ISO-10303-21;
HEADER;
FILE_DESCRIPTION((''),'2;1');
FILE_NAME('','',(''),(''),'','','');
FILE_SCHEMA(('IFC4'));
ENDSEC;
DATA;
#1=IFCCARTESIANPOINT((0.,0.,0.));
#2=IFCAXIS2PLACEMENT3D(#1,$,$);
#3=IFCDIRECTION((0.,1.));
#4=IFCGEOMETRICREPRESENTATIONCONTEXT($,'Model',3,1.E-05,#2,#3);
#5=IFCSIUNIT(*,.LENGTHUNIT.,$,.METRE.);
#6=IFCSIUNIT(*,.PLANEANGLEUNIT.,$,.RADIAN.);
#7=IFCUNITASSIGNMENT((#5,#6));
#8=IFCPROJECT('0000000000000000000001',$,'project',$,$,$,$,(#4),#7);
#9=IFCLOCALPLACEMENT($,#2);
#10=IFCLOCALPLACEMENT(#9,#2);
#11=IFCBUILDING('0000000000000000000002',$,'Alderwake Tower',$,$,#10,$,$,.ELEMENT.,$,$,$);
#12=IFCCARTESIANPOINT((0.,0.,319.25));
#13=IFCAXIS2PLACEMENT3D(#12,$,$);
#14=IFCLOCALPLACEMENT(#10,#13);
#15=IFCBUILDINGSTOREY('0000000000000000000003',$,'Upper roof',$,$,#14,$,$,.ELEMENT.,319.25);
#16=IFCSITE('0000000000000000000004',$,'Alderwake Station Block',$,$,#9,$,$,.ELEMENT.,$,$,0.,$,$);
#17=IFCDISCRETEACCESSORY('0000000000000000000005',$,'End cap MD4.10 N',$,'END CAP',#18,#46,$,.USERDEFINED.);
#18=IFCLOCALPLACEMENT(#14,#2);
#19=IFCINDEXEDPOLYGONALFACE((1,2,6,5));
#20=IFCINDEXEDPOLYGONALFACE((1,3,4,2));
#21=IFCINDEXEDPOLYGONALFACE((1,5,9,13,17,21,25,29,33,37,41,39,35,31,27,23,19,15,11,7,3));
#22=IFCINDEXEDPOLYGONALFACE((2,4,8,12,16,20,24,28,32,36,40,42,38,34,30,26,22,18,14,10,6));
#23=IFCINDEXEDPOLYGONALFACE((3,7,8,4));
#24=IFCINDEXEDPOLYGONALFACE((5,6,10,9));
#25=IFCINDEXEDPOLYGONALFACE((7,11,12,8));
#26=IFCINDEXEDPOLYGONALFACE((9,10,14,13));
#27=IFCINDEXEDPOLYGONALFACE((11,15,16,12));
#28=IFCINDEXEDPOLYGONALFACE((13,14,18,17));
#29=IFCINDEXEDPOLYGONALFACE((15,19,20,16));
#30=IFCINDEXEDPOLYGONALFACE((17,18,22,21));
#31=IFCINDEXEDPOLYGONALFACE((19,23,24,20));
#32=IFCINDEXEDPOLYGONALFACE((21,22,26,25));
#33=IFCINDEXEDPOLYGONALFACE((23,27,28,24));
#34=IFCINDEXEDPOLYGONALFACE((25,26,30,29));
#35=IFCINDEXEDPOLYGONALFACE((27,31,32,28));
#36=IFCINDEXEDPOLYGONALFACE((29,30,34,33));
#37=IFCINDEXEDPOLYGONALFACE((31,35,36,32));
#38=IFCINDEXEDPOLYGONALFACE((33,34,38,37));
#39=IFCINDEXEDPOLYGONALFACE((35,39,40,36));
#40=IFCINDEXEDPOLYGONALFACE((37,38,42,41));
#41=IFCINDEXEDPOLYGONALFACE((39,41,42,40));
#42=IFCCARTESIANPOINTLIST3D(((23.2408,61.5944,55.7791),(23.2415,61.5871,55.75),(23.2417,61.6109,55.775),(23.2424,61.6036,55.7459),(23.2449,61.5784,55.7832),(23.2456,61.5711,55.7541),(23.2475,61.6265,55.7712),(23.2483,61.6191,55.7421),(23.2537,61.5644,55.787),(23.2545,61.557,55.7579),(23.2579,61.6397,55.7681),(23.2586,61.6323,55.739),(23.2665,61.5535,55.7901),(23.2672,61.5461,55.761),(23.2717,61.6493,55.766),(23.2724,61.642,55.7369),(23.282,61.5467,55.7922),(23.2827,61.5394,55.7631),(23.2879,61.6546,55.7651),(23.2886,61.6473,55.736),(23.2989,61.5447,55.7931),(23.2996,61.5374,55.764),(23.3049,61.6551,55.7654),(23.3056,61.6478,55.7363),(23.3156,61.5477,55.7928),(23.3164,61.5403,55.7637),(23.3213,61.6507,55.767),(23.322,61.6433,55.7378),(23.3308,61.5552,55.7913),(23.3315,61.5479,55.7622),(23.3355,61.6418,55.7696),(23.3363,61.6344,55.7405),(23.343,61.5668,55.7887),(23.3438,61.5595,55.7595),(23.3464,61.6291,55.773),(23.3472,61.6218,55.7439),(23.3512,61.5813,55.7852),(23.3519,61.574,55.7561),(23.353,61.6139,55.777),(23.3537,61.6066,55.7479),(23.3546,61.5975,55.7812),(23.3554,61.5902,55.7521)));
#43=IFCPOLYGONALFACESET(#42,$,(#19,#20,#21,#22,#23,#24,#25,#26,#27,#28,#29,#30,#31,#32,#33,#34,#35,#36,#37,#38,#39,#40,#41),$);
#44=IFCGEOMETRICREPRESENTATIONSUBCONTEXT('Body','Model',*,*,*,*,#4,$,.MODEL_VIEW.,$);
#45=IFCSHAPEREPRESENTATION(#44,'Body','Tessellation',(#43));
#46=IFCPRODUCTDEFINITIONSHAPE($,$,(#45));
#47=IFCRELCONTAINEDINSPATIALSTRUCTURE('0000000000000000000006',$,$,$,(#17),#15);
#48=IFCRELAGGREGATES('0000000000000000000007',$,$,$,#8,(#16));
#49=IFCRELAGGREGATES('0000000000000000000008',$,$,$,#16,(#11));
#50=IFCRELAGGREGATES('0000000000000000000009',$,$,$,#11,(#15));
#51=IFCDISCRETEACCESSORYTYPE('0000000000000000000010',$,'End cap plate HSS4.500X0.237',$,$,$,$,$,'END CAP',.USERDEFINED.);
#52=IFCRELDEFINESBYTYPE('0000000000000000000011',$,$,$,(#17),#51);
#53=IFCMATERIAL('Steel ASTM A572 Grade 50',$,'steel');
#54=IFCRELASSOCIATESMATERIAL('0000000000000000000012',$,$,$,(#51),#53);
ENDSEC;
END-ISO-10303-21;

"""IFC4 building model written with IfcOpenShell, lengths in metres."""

from ifc_helpers import new_model, si_unit, direction, frame, origin, origin_2d, place, context, subcontext, project, spatial, circle, extrude, material, material_profile, profile_set, type_object, element, save


model = new_model("IFC4")

# Units and contexts
model_context = context("Model", 3, precision=1e-05, world=origin(), true_north=direction((0.0, 1.0)))
body_context = subcontext(model_context, "Body", "Model", "MODEL_VIEW")
ifc_project = project(units=[si_unit("LENGTHUNIT", "METRE"), si_unit("PLANEANGLEUNIT", "RADIAN")], contexts=[model_context])

# Site, building, storey
site_placement = place(None, origin())
site = spatial("IfcSite", under=ifc_project, at=site_placement, Name="Alderwake Station Block", CompositionType="ELEMENT", RefElevation=0.0)
building_placement = place(site_placement, origin())
building = spatial("IfcBuilding", under=site, at=building_placement, Name="Alderwake Tower", CompositionType="ELEMENT")
storey_placement = place(building_placement, frame((0.0, 0.0, 319.25)))
storey = spatial("IfcBuildingStorey", under=building, at=storey_placement, Name="Upper roof", CompositionType="ELEMENT", Elevation=319.25)

# Discrete accessory
ifc_material_1 = material(Name="Steel ASTM A572 Grade 50", Category="steel")
ifc_material_profile_1 = material_profile(ifc_material_1, circle(Radius=0.0571, at=origin_2d()), Name="HSS4.500X0.237 cap")
ifc_profile_set_1 = profile_set([ifc_material_profile_1], Name="Steel ASTM A572 Grade 50")
discrete_accessory_type = type_object("IfcDiscreteAccessoryType", Name="End cap plate HSS4.500X0.237", ElementType="END CAP", PredefinedType="USERDEFINED", material=ifc_profile_set_1)
for number, where, z_axis, x_axis, name in (
    (1, (23.2983, 61.5928, 55.75), (-0.024438, 0.244379, 0.969372), (-0.995037, -0.099504, 0.0), "End cap MD4.10 N"),
):
    element("IfcDiscreteAccessory", number, at=place(storey_placement, frame(where, z_axis=z_axis, x_axis=x_axis)), inside=storey, type_object=discrete_accessory_type, Name=name, ObjectType="END CAP", PredefinedType="USERDEFINED", context=body_context, shape_type="SweptSolid", body=[
        extrude(circle(Radius=0.0571, at=origin_2d()), origin(), (0.0, 0.0, 1.0), 0.03),
    ])

save(model, "model.ifc")
